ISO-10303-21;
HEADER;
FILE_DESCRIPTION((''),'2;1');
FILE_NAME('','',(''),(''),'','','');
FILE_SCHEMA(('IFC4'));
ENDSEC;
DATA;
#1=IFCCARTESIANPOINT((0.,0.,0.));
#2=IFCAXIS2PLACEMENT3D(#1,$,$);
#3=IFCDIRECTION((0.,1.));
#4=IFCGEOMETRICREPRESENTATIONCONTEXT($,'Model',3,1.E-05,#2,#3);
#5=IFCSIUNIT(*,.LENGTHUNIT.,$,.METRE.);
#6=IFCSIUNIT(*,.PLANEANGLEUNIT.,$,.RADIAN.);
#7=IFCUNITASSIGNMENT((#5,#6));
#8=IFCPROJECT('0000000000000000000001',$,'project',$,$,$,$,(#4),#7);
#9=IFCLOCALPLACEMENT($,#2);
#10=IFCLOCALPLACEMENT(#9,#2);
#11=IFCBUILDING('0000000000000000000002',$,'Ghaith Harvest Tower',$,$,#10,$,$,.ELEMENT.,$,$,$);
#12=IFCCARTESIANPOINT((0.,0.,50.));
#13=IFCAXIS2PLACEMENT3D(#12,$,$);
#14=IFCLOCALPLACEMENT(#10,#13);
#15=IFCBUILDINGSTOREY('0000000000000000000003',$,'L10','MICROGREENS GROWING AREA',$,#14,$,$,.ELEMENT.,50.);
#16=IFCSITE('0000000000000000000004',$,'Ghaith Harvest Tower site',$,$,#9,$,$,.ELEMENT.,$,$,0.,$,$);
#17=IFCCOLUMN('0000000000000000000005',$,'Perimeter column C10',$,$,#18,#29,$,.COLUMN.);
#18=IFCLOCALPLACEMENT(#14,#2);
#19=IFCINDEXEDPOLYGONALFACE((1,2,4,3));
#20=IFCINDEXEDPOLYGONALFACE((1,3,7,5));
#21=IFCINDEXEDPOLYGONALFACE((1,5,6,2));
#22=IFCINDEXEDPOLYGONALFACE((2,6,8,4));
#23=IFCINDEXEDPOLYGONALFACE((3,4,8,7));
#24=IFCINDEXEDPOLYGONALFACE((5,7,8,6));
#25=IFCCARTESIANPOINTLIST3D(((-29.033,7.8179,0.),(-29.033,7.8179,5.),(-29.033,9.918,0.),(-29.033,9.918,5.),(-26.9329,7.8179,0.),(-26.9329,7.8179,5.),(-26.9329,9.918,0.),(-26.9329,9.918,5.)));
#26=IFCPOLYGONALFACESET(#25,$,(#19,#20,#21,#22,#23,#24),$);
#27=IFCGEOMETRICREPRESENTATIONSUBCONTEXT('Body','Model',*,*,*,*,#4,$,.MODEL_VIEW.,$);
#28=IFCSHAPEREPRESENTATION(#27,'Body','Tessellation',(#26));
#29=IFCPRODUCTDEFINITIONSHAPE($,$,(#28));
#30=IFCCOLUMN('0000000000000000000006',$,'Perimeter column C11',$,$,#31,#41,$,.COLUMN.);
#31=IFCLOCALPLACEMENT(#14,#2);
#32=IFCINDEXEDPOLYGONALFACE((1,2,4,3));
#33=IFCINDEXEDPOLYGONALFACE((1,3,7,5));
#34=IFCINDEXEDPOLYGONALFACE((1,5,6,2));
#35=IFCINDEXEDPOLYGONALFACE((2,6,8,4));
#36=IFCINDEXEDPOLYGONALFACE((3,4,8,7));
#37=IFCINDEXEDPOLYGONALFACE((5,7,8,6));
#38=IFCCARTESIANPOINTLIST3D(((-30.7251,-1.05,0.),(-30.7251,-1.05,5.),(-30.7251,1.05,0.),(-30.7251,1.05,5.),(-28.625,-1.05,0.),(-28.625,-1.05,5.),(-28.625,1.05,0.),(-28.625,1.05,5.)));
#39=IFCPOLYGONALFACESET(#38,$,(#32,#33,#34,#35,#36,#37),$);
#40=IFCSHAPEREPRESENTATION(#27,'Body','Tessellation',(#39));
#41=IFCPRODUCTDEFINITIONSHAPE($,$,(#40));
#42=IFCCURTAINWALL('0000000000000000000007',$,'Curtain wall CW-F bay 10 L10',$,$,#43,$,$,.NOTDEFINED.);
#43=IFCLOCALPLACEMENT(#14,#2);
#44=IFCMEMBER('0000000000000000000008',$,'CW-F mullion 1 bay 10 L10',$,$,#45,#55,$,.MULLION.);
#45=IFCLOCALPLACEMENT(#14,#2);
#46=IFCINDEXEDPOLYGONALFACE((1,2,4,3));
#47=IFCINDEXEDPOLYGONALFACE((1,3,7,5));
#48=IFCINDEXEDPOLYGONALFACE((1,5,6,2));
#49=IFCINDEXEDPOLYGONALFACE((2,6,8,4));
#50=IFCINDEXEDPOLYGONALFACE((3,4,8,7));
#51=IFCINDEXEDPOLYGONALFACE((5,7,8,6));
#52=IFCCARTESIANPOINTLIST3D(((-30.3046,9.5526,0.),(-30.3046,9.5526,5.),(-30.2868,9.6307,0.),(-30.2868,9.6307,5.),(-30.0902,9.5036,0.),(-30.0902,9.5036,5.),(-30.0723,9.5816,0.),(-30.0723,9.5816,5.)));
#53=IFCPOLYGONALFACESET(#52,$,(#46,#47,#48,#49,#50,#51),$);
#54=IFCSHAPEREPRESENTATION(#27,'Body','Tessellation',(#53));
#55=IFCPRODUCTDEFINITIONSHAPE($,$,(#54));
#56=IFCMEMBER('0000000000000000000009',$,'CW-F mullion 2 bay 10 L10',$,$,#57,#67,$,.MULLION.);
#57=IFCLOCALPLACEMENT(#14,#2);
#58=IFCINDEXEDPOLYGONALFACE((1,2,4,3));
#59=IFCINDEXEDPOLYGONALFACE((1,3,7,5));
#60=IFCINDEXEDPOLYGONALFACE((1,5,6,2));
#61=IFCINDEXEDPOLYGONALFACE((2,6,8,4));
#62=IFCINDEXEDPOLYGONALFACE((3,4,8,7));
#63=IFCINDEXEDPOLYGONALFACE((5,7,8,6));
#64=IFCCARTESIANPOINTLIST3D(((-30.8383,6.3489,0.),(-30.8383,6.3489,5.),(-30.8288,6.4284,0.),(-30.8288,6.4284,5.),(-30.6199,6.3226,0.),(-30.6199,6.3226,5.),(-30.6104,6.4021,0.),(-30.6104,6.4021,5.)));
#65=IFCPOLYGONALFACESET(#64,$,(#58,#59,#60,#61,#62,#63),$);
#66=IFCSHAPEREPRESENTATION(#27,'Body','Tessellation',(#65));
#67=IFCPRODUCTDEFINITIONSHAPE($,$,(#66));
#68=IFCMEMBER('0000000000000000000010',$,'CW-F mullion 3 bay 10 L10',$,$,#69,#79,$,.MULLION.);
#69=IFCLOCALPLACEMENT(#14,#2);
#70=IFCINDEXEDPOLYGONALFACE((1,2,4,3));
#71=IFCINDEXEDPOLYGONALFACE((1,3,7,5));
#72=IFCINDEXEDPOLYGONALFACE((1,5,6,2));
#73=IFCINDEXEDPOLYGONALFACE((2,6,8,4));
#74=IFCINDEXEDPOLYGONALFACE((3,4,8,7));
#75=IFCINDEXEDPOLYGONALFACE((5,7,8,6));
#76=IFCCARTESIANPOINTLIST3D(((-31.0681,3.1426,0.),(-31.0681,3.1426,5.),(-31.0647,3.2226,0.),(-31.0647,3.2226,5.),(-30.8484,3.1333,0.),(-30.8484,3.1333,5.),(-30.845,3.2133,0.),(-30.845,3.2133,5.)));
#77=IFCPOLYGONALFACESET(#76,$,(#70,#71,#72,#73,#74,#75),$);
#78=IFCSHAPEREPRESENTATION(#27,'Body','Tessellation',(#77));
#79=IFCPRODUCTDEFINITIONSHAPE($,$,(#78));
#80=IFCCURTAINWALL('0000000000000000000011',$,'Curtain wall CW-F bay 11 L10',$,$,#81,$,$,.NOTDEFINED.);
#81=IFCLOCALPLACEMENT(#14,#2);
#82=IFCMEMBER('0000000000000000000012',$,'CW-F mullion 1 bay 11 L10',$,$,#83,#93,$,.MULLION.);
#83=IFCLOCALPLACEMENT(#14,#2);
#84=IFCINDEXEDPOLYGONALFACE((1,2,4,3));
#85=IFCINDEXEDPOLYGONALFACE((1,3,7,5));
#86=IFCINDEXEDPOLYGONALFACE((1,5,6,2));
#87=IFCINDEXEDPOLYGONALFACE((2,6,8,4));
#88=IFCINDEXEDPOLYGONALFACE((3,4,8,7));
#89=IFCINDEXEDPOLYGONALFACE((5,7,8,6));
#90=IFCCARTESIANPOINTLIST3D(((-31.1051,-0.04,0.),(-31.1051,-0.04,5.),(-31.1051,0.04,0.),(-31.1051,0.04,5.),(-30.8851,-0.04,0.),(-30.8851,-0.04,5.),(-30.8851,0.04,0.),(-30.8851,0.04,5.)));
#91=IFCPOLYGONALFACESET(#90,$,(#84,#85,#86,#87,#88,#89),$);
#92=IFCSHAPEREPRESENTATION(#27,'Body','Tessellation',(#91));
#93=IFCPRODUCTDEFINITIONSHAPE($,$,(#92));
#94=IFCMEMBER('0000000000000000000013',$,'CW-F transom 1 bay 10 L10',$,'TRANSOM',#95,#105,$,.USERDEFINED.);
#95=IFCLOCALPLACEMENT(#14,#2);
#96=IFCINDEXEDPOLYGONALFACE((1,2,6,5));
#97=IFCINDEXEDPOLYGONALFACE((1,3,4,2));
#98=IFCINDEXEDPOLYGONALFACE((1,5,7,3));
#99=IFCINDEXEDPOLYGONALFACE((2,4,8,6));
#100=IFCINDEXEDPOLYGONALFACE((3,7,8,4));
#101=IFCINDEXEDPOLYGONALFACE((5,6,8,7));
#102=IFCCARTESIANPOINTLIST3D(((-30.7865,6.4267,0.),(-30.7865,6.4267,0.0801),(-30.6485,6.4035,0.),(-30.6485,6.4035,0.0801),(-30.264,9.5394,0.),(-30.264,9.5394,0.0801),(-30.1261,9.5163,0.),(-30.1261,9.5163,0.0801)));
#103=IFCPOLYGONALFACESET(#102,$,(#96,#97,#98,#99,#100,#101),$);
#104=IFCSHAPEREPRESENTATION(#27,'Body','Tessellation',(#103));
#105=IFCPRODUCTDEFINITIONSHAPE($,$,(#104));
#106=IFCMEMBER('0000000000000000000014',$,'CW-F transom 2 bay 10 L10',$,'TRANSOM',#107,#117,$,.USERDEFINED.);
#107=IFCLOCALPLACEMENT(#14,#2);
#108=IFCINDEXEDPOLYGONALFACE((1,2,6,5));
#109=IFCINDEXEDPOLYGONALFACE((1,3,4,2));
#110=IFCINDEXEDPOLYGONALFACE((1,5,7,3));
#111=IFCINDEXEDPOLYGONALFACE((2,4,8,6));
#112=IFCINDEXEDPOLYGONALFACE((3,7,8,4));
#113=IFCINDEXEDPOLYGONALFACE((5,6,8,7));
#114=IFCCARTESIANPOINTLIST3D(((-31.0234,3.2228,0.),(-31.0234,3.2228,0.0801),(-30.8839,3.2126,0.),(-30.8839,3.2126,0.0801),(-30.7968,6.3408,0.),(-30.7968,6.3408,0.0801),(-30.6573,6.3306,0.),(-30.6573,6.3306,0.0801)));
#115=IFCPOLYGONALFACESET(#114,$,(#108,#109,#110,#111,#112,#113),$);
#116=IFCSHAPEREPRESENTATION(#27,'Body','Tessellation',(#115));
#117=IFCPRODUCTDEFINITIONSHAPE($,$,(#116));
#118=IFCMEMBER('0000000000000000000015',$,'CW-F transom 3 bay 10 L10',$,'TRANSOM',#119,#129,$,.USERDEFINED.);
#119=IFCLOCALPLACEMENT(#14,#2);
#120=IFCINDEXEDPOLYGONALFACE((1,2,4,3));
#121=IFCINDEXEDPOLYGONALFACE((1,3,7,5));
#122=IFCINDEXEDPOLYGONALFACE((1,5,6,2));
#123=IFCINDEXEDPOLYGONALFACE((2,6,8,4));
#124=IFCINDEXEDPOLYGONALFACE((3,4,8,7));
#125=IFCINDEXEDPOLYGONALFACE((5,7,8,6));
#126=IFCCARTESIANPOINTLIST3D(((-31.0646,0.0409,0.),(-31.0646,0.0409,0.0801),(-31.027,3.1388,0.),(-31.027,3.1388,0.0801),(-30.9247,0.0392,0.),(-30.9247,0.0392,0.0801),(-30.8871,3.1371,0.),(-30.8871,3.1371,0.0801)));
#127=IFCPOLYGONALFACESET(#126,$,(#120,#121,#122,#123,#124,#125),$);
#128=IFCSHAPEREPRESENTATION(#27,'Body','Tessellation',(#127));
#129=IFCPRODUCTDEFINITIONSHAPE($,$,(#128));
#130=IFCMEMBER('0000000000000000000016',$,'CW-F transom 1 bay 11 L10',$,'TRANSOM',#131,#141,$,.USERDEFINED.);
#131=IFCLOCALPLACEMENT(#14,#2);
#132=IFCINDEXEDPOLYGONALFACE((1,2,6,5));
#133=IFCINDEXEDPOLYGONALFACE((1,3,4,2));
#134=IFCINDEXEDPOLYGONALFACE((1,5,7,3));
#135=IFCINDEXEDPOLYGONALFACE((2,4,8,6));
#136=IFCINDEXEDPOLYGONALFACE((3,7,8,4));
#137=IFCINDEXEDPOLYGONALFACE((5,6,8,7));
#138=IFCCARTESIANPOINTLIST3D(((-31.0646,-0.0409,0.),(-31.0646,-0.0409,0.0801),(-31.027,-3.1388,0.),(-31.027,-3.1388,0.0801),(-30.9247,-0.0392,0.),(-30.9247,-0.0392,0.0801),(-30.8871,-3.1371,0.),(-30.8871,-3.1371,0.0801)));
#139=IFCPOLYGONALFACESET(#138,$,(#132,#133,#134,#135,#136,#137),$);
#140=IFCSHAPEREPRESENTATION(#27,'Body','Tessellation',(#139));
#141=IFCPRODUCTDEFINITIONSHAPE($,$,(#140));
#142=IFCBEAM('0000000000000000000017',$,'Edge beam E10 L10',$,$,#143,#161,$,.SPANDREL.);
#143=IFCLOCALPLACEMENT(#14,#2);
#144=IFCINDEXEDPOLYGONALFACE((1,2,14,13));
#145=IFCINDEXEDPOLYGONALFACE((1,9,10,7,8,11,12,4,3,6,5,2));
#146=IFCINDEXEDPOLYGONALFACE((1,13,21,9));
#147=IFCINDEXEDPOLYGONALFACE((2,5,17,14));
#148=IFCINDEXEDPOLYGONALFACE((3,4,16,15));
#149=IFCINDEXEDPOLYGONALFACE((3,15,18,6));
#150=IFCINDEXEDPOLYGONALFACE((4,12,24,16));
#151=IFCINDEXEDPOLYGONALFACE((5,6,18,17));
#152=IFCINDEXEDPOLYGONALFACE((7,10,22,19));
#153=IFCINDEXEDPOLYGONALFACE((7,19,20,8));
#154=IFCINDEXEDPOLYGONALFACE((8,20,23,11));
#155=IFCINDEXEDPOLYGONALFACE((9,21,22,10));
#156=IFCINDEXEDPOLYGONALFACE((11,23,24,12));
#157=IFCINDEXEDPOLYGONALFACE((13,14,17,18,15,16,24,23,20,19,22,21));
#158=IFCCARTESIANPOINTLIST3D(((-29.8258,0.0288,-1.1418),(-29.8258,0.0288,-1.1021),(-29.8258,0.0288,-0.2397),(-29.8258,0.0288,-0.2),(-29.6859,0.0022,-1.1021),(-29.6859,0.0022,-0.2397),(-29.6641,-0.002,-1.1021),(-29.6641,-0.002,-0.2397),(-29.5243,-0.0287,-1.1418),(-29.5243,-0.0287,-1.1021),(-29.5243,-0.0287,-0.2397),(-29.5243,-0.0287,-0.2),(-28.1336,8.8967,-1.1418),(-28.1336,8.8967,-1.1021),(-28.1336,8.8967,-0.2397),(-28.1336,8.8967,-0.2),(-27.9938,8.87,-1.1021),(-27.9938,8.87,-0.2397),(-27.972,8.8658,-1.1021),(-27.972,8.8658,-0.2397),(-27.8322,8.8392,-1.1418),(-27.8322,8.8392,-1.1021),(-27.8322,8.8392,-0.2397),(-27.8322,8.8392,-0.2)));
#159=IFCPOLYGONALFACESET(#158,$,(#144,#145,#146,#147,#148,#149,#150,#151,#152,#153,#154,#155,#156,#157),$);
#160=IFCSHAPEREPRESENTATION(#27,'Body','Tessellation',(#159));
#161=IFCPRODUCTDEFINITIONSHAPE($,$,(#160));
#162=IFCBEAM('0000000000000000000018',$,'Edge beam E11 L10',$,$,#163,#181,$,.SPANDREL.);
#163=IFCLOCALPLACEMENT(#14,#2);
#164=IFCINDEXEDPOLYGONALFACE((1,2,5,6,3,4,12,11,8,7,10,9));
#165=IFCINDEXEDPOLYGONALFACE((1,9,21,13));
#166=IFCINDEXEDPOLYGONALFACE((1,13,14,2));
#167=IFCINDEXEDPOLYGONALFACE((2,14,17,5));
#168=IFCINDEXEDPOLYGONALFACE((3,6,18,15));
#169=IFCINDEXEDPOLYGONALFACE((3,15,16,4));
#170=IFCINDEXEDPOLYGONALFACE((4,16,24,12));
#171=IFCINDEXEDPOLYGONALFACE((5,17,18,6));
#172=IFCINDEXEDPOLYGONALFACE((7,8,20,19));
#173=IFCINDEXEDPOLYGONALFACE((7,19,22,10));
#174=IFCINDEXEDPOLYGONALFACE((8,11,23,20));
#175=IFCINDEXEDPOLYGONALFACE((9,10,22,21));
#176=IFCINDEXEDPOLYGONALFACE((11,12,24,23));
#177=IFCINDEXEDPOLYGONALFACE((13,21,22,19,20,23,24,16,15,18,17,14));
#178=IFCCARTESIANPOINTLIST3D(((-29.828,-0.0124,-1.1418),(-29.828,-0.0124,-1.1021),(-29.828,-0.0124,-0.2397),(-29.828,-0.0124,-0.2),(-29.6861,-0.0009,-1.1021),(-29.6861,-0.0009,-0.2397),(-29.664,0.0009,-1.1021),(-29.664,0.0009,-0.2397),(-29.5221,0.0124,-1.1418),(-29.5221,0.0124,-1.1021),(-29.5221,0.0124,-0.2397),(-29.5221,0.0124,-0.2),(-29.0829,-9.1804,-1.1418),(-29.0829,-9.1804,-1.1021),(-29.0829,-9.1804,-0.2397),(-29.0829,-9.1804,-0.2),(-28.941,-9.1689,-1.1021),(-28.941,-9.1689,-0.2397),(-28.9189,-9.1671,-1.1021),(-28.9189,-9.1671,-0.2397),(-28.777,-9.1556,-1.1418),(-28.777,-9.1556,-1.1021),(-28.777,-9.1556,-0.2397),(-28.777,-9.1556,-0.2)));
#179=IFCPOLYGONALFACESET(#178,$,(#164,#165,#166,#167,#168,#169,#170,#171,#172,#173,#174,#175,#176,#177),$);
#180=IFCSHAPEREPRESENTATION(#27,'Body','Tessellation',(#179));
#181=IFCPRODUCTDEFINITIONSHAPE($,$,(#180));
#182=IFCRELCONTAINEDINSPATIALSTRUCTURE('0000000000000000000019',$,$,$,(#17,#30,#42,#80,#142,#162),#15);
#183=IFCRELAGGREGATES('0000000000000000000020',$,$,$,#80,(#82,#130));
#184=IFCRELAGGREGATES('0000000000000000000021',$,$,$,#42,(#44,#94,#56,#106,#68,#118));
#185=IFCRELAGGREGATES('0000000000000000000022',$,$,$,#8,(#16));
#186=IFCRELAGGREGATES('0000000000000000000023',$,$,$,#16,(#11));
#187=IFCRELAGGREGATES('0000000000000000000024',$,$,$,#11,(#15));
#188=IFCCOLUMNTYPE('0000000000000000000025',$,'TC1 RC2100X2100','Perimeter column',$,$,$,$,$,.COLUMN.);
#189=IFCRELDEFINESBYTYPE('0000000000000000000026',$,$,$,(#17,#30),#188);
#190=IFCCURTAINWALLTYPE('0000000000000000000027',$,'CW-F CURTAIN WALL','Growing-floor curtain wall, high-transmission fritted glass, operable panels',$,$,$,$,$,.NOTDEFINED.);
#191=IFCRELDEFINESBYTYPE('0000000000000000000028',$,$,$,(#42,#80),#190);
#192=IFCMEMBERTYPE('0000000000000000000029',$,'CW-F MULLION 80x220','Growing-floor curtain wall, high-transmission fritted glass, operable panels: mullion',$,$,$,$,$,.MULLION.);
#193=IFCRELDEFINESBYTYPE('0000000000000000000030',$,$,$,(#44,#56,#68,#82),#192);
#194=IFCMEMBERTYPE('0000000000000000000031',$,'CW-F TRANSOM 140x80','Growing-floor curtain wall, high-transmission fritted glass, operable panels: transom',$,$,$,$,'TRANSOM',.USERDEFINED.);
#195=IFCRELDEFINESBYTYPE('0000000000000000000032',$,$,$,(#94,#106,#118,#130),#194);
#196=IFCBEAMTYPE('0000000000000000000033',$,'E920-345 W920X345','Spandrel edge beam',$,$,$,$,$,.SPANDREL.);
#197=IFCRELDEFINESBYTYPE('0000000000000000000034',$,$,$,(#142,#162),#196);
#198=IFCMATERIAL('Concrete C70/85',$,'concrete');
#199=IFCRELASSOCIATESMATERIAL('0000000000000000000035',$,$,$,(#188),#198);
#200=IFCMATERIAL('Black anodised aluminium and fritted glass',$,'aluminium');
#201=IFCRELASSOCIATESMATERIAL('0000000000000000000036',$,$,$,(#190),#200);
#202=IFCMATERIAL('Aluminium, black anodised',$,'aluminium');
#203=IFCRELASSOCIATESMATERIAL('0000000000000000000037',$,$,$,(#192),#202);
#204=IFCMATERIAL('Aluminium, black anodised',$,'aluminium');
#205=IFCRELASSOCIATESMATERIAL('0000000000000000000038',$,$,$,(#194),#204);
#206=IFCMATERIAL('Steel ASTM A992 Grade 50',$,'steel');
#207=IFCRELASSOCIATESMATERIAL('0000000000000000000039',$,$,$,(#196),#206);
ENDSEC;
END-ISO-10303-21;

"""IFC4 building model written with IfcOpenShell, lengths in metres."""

from ifc_helpers import new_model, si_unit, direction, frame, origin, origin_2d, place, context, subcontext, project, spatial, rectangle, i_section, extrude, material, material_profile, profile_set, type_object, element, aggregate, save


model = new_model("IFC4")

# Units and contexts
model_context = context("Model", 3, precision=1e-05, world=origin(), true_north=direction((0.0, 1.0)))
body_context = subcontext(model_context, "Body", "Model", "MODEL_VIEW")
ifc_project = project(units=[si_unit("LENGTHUNIT", "METRE"), si_unit("PLANEANGLEUNIT", "RADIAN")], contexts=[model_context])

# Site, building, storey
site_placement = place(None, origin())
site = spatial("IfcSite", under=ifc_project, at=site_placement, Name="Ghaith Harvest Tower site", CompositionType="ELEMENT", RefElevation=0.0)
building_placement = place(site_placement, origin())
building = spatial("IfcBuilding", under=site, at=building_placement, Name="Ghaith Harvest Tower", CompositionType="ELEMENT")
storey_placement = place(building_placement, frame((0.0, 0.0, 50.0)))
storey = spatial("IfcBuildingStorey", under=building, at=storey_placement, Name="L10", Description="MICROGREENS GROWING AREA", CompositionType="ELEMENT", Elevation=50.0)

# Columns
ifc_material_1 = material(Name="Concrete C70/85", Category="concrete")
ifc_material_profile_1 = material_profile(ifc_material_1, rectangle(XDim=2.1001, YDim=2.1001, at=origin_2d()), Name="RC2100X2100")
ifc_profile_set_1 = profile_set([ifc_material_profile_1], Name="Concrete C70/85")
column_type = type_object("IfcColumnType", Name="TC1 RC2100X2100", Description="Perimeter column", PredefinedType="COLUMN", material=ifc_profile_set_1)
for number, where, z_axis, x_axis, name in (
    (1, (-27.9829, 8.8679, 0.0), (0.0, 0.0, 1.0), (1.0, 0.0, 0.0), "Perimeter column C10"),
    (2, (-29.675, 0.0, 0.0), (0.0, 0.0, 1.0), (1.0, 0.0, 0.0), "Perimeter column C11"),
):
    element("IfcColumn", number, at=place(storey_placement, frame(where, z_axis=z_axis, x_axis=x_axis)), inside=storey, type_object=column_type, Name=name, PredefinedType="COLUMN", context=body_context, shape_type="SweptSolid", body=[
        extrude(rectangle(XDim=2.1001, YDim=2.1001, at=origin_2d()), origin(), (0.0, 0.0, 1.0), 5.0),
    ])

# Curtain wall, members
ifc_material_2 = material(Name="Black anodised aluminium and fritted glass", Category="aluminium")
curtain_wall_type = type_object("IfcCurtainWallType", Name="CW-F CURTAIN WALL", Description="Growing-floor curtain wall, high-transmission fritted glass, operable panels", PredefinedType="NOTDEFINED", material=ifc_material_2)
curtain_wall_1_placement = place(storey_placement, origin())
curtain_wall_1 = element("IfcCurtainWall", 3, at=curtain_wall_1_placement, inside=storey, type_object=curtain_wall_type, Name="Curtain wall CW-F bay 10 L10", PredefinedType="NOTDEFINED")
ifc_material_3 = material(Name="Aluminium, black anodised", Category="aluminium")
ifc_material_profile_2 = material_profile(ifc_material_3, rectangle(XDim=0.0801, YDim=0.22, at=origin_2d()), Name="CW-F MULLION 80x220")
ifc_profile_set_2 = profile_set([ifc_material_profile_2], Name="Aluminium, black anodised")
member_type_1 = type_object("IfcMemberType", Name="CW-F MULLION 80x220", Description="Growing-floor curtain wall, high-transmission fritted glass, operable panels: mullion", PredefinedType="MULLION", material=ifc_profile_set_2)
member_1_placement = place(storey_placement, frame((-30.1885, 9.5671, 0.0), z_axis=(0.0, 0.0, 1.0), x_axis=(-0.222967, -0.974826, 0.0)))
member_1 = element("IfcMember", 4, at=member_1_placement, type_object=member_type_1, Name="CW-F mullion 1 bay 10 L10", PredefinedType="MULLION", context=body_context, shape_type="SweptSolid", body=[
    extrude(rectangle(XDim=0.0801, YDim=0.22, at=origin_2d()), origin(), (0.0, 0.0, 1.0), 5.0),
])
member_2_placement = place(storey_placement, frame((-30.7244, 6.3755, 0.0), z_axis=(0.0, 0.0, 1.0), x_axis=(-0.119353, -0.992852, 0.0)))
member_2 = element("IfcMember", 5, at=member_2_placement, type_object=member_type_1, Name="CW-F mullion 2 bay 10 L10", PredefinedType="MULLION", context=body_context, shape_type="SweptSolid", body=[
    extrude(rectangle(XDim=0.0801, YDim=0.22, at=origin_2d()), origin(), (0.0, 0.0, 1.0), 5.0),
])
member_3_placement = place(storey_placement, frame((-30.9565, 3.178, 0.0), z_axis=(0.0, 0.0, 1.0), x_axis=(-0.042427, -0.9991, 0.0)))
member_3 = element("IfcMember", 6, at=member_3_placement, type_object=member_type_1, Name="CW-F mullion 3 bay 10 L10", PredefinedType="MULLION", context=body_context, shape_type="SweptSolid", body=[
    extrude(rectangle(XDim=0.0801, YDim=0.22, at=origin_2d()), origin(), (0.0, 0.0, 1.0), 5.0),
])

# Curtain wall, member
curtain_wall_2_placement = place(storey_placement, origin())
curtain_wall_2 = element("IfcCurtainWall", 7, at=curtain_wall_2_placement, inside=storey, type_object=curtain_wall_type, Name="Curtain wall CW-F bay 11 L10", PredefinedType="NOTDEFINED")
member_4_placement = place(storey_placement, frame((-30.9951, 0.0, 0.0), z_axis=(0.0, 0.0, 1.0), x_axis=(0.0, -1.0, 0.0)))
member_4 = element("IfcMember", 8, at=member_4_placement, type_object=member_type_1, Name="CW-F mullion 1 bay 11 L10", PredefinedType="MULLION", context=body_context, shape_type="SweptSolid", body=[
    extrude(rectangle(XDim=0.0801, YDim=0.22, at=origin_2d()), origin(), (0.0, 0.0, 1.0), 5.0),
])

# Members
ifc_material_4 = material(Name="Aluminium, black anodised", Category="aluminium")
ifc_material_profile_3 = material_profile(ifc_material_4, rectangle(XDim=0.1399, YDim=0.0801, at=origin_2d()), Name="CW-F TRANSOM 140x80")
ifc_profile_set_3 = profile_set([ifc_material_profile_3], Name="Aluminium, black anodised")
member_type_2 = type_object("IfcMemberType", Name="CW-F TRANSOM 140x80", Description="Growing-floor curtain wall, high-transmission fritted glass, operable panels: transom", ElementType="TRANSOM", PredefinedType="USERDEFINED", material=ifc_profile_set_3)
member_5_placement = place(storey_placement, frame((-30.1951, 9.5278, 0.04), z_axis=(-0.165528, -0.986205, 0.0), x_axis=(0.986205, -0.165528, 0.0)))
member_5 = element("IfcMember", 9, at=member_5_placement, type_object=member_type_2, Name="CW-F transom 1 bay 10 L10", ObjectType="TRANSOM", PredefinedType="USERDEFINED", context=body_context, shape_type="SweptSolid", body=[
    extrude(rectangle(XDim=0.1399, YDim=0.0801, at=origin_2d()), origin(), (0.0, 0.0, 1.0), 3.1562),
])
member_6_placement = place(storey_placement, frame((-30.7271, 6.3357, 0.04), z_axis=(-0.072474, -0.99737, 0.0), x_axis=(0.99737, -0.072474, 0.0)))
member_6 = element("IfcMember", 10, at=member_6_placement, type_object=member_type_2, Name="CW-F transom 2 bay 10 L10", ObjectType="TRANSOM", PredefinedType="USERDEFINED", context=body_context, shape_type="SweptSolid", body=[
    extrude(rectangle(XDim=0.1399, YDim=0.0801, at=origin_2d()), origin(), (0.0, 0.0, 1.0), 3.1262),
])
member_7_placement = place(storey_placement, frame((-30.957, 3.1379, 0.04), z_axis=(-0.012136, -0.999926, 0.0), x_axis=(0.999926, -0.012136, 0.0)))
member_7 = element("IfcMember", 11, at=member_7_placement, type_object=member_type_2, Name="CW-F transom 3 bay 10 L10", ObjectType="TRANSOM", PredefinedType="USERDEFINED", context=body_context, shape_type="SweptSolid", body=[
    extrude(rectangle(XDim=0.1399, YDim=0.0801, at=origin_2d()), origin(), (0.0, 0.0, 1.0), 3.0981),
])
member_8_placement = place(storey_placement, frame((-30.9946, -0.04, 0.04), z_axis=(0.012136, -0.999926, 0.0), x_axis=(0.999926, 0.012136, 0.0)))
member_8 = element("IfcMember", 12, at=member_8_placement, type_object=member_type_2, Name="CW-F transom 1 bay 11 L10", ObjectType="TRANSOM", PredefinedType="USERDEFINED", context=body_context, shape_type="SweptSolid", body=[
    extrude(rectangle(XDim=0.1399, YDim=0.0801, at=origin_2d()), origin(), (0.0, 0.0, 1.0), 3.0981),
])
aggregate(curtain_wall_2, [member_4, member_8])

# Beams
ifc_material_5 = material(Name="Steel ASTM A992 Grade 50", Category="steel")
ifc_material_profile_4 = material_profile(ifc_material_5, i_section(OverallWidth=0.3069, OverallDepth=0.9419, WebThickness=0.0222, FlangeThickness=0.0398, at=origin_2d()), Name="W920X345")
ifc_profile_set_4 = profile_set([ifc_material_profile_4], Name="Steel ASTM A992 Grade 50")
beam_type_1 = type_object("IfcBeamType", Name="E920-345 W920X345", Description="Spandrel edge beam", PredefinedType="SPANDREL", material=ifc_profile_set_4)
beam_1_placement = place(storey_placement, frame((-27.9829, 8.8679, -0.6709), z_axis=(-0.187434, -0.982277, 0.0), x_axis=(0.982277, -0.187434, 0.0)))
element("IfcBeam", 13, at=beam_1_placement, inside=storey, type_object=beam_type_1, Name="Edge beam E10 L10", PredefinedType="SPANDREL", context=body_context, shape_type="SweptSolid", body=[
    extrude(i_section(OverallWidth=0.3069, OverallDepth=0.9419, WebThickness=0.0222, FlangeThickness=0.0398, at=origin_2d()), origin(), (0.0, 0.0, 1.0), 9.0278),
])
beam_2_placement = place(storey_placement, frame((-29.675, 0.0, -0.6709), z_axis=(0.081007, -0.996714, 0.0), x_axis=(0.996714, 0.081007, 0.0)))
element("IfcBeam", 14, at=beam_2_placement, inside=storey, type_object=beam_type_1, Name="Edge beam E11 L10", PredefinedType="SPANDREL", context=body_context, shape_type="SweptSolid", body=[
    extrude(i_section(OverallWidth=0.3069, OverallDepth=0.9419, WebThickness=0.0222, FlangeThickness=0.0398, at=origin_2d()), origin(), (0.0, 0.0, 1.0), 9.1982),
])

aggregate(curtain_wall_1, [member_1, member_5, member_2, member_6, member_3, member_7])

save(model, "model.ifc")
